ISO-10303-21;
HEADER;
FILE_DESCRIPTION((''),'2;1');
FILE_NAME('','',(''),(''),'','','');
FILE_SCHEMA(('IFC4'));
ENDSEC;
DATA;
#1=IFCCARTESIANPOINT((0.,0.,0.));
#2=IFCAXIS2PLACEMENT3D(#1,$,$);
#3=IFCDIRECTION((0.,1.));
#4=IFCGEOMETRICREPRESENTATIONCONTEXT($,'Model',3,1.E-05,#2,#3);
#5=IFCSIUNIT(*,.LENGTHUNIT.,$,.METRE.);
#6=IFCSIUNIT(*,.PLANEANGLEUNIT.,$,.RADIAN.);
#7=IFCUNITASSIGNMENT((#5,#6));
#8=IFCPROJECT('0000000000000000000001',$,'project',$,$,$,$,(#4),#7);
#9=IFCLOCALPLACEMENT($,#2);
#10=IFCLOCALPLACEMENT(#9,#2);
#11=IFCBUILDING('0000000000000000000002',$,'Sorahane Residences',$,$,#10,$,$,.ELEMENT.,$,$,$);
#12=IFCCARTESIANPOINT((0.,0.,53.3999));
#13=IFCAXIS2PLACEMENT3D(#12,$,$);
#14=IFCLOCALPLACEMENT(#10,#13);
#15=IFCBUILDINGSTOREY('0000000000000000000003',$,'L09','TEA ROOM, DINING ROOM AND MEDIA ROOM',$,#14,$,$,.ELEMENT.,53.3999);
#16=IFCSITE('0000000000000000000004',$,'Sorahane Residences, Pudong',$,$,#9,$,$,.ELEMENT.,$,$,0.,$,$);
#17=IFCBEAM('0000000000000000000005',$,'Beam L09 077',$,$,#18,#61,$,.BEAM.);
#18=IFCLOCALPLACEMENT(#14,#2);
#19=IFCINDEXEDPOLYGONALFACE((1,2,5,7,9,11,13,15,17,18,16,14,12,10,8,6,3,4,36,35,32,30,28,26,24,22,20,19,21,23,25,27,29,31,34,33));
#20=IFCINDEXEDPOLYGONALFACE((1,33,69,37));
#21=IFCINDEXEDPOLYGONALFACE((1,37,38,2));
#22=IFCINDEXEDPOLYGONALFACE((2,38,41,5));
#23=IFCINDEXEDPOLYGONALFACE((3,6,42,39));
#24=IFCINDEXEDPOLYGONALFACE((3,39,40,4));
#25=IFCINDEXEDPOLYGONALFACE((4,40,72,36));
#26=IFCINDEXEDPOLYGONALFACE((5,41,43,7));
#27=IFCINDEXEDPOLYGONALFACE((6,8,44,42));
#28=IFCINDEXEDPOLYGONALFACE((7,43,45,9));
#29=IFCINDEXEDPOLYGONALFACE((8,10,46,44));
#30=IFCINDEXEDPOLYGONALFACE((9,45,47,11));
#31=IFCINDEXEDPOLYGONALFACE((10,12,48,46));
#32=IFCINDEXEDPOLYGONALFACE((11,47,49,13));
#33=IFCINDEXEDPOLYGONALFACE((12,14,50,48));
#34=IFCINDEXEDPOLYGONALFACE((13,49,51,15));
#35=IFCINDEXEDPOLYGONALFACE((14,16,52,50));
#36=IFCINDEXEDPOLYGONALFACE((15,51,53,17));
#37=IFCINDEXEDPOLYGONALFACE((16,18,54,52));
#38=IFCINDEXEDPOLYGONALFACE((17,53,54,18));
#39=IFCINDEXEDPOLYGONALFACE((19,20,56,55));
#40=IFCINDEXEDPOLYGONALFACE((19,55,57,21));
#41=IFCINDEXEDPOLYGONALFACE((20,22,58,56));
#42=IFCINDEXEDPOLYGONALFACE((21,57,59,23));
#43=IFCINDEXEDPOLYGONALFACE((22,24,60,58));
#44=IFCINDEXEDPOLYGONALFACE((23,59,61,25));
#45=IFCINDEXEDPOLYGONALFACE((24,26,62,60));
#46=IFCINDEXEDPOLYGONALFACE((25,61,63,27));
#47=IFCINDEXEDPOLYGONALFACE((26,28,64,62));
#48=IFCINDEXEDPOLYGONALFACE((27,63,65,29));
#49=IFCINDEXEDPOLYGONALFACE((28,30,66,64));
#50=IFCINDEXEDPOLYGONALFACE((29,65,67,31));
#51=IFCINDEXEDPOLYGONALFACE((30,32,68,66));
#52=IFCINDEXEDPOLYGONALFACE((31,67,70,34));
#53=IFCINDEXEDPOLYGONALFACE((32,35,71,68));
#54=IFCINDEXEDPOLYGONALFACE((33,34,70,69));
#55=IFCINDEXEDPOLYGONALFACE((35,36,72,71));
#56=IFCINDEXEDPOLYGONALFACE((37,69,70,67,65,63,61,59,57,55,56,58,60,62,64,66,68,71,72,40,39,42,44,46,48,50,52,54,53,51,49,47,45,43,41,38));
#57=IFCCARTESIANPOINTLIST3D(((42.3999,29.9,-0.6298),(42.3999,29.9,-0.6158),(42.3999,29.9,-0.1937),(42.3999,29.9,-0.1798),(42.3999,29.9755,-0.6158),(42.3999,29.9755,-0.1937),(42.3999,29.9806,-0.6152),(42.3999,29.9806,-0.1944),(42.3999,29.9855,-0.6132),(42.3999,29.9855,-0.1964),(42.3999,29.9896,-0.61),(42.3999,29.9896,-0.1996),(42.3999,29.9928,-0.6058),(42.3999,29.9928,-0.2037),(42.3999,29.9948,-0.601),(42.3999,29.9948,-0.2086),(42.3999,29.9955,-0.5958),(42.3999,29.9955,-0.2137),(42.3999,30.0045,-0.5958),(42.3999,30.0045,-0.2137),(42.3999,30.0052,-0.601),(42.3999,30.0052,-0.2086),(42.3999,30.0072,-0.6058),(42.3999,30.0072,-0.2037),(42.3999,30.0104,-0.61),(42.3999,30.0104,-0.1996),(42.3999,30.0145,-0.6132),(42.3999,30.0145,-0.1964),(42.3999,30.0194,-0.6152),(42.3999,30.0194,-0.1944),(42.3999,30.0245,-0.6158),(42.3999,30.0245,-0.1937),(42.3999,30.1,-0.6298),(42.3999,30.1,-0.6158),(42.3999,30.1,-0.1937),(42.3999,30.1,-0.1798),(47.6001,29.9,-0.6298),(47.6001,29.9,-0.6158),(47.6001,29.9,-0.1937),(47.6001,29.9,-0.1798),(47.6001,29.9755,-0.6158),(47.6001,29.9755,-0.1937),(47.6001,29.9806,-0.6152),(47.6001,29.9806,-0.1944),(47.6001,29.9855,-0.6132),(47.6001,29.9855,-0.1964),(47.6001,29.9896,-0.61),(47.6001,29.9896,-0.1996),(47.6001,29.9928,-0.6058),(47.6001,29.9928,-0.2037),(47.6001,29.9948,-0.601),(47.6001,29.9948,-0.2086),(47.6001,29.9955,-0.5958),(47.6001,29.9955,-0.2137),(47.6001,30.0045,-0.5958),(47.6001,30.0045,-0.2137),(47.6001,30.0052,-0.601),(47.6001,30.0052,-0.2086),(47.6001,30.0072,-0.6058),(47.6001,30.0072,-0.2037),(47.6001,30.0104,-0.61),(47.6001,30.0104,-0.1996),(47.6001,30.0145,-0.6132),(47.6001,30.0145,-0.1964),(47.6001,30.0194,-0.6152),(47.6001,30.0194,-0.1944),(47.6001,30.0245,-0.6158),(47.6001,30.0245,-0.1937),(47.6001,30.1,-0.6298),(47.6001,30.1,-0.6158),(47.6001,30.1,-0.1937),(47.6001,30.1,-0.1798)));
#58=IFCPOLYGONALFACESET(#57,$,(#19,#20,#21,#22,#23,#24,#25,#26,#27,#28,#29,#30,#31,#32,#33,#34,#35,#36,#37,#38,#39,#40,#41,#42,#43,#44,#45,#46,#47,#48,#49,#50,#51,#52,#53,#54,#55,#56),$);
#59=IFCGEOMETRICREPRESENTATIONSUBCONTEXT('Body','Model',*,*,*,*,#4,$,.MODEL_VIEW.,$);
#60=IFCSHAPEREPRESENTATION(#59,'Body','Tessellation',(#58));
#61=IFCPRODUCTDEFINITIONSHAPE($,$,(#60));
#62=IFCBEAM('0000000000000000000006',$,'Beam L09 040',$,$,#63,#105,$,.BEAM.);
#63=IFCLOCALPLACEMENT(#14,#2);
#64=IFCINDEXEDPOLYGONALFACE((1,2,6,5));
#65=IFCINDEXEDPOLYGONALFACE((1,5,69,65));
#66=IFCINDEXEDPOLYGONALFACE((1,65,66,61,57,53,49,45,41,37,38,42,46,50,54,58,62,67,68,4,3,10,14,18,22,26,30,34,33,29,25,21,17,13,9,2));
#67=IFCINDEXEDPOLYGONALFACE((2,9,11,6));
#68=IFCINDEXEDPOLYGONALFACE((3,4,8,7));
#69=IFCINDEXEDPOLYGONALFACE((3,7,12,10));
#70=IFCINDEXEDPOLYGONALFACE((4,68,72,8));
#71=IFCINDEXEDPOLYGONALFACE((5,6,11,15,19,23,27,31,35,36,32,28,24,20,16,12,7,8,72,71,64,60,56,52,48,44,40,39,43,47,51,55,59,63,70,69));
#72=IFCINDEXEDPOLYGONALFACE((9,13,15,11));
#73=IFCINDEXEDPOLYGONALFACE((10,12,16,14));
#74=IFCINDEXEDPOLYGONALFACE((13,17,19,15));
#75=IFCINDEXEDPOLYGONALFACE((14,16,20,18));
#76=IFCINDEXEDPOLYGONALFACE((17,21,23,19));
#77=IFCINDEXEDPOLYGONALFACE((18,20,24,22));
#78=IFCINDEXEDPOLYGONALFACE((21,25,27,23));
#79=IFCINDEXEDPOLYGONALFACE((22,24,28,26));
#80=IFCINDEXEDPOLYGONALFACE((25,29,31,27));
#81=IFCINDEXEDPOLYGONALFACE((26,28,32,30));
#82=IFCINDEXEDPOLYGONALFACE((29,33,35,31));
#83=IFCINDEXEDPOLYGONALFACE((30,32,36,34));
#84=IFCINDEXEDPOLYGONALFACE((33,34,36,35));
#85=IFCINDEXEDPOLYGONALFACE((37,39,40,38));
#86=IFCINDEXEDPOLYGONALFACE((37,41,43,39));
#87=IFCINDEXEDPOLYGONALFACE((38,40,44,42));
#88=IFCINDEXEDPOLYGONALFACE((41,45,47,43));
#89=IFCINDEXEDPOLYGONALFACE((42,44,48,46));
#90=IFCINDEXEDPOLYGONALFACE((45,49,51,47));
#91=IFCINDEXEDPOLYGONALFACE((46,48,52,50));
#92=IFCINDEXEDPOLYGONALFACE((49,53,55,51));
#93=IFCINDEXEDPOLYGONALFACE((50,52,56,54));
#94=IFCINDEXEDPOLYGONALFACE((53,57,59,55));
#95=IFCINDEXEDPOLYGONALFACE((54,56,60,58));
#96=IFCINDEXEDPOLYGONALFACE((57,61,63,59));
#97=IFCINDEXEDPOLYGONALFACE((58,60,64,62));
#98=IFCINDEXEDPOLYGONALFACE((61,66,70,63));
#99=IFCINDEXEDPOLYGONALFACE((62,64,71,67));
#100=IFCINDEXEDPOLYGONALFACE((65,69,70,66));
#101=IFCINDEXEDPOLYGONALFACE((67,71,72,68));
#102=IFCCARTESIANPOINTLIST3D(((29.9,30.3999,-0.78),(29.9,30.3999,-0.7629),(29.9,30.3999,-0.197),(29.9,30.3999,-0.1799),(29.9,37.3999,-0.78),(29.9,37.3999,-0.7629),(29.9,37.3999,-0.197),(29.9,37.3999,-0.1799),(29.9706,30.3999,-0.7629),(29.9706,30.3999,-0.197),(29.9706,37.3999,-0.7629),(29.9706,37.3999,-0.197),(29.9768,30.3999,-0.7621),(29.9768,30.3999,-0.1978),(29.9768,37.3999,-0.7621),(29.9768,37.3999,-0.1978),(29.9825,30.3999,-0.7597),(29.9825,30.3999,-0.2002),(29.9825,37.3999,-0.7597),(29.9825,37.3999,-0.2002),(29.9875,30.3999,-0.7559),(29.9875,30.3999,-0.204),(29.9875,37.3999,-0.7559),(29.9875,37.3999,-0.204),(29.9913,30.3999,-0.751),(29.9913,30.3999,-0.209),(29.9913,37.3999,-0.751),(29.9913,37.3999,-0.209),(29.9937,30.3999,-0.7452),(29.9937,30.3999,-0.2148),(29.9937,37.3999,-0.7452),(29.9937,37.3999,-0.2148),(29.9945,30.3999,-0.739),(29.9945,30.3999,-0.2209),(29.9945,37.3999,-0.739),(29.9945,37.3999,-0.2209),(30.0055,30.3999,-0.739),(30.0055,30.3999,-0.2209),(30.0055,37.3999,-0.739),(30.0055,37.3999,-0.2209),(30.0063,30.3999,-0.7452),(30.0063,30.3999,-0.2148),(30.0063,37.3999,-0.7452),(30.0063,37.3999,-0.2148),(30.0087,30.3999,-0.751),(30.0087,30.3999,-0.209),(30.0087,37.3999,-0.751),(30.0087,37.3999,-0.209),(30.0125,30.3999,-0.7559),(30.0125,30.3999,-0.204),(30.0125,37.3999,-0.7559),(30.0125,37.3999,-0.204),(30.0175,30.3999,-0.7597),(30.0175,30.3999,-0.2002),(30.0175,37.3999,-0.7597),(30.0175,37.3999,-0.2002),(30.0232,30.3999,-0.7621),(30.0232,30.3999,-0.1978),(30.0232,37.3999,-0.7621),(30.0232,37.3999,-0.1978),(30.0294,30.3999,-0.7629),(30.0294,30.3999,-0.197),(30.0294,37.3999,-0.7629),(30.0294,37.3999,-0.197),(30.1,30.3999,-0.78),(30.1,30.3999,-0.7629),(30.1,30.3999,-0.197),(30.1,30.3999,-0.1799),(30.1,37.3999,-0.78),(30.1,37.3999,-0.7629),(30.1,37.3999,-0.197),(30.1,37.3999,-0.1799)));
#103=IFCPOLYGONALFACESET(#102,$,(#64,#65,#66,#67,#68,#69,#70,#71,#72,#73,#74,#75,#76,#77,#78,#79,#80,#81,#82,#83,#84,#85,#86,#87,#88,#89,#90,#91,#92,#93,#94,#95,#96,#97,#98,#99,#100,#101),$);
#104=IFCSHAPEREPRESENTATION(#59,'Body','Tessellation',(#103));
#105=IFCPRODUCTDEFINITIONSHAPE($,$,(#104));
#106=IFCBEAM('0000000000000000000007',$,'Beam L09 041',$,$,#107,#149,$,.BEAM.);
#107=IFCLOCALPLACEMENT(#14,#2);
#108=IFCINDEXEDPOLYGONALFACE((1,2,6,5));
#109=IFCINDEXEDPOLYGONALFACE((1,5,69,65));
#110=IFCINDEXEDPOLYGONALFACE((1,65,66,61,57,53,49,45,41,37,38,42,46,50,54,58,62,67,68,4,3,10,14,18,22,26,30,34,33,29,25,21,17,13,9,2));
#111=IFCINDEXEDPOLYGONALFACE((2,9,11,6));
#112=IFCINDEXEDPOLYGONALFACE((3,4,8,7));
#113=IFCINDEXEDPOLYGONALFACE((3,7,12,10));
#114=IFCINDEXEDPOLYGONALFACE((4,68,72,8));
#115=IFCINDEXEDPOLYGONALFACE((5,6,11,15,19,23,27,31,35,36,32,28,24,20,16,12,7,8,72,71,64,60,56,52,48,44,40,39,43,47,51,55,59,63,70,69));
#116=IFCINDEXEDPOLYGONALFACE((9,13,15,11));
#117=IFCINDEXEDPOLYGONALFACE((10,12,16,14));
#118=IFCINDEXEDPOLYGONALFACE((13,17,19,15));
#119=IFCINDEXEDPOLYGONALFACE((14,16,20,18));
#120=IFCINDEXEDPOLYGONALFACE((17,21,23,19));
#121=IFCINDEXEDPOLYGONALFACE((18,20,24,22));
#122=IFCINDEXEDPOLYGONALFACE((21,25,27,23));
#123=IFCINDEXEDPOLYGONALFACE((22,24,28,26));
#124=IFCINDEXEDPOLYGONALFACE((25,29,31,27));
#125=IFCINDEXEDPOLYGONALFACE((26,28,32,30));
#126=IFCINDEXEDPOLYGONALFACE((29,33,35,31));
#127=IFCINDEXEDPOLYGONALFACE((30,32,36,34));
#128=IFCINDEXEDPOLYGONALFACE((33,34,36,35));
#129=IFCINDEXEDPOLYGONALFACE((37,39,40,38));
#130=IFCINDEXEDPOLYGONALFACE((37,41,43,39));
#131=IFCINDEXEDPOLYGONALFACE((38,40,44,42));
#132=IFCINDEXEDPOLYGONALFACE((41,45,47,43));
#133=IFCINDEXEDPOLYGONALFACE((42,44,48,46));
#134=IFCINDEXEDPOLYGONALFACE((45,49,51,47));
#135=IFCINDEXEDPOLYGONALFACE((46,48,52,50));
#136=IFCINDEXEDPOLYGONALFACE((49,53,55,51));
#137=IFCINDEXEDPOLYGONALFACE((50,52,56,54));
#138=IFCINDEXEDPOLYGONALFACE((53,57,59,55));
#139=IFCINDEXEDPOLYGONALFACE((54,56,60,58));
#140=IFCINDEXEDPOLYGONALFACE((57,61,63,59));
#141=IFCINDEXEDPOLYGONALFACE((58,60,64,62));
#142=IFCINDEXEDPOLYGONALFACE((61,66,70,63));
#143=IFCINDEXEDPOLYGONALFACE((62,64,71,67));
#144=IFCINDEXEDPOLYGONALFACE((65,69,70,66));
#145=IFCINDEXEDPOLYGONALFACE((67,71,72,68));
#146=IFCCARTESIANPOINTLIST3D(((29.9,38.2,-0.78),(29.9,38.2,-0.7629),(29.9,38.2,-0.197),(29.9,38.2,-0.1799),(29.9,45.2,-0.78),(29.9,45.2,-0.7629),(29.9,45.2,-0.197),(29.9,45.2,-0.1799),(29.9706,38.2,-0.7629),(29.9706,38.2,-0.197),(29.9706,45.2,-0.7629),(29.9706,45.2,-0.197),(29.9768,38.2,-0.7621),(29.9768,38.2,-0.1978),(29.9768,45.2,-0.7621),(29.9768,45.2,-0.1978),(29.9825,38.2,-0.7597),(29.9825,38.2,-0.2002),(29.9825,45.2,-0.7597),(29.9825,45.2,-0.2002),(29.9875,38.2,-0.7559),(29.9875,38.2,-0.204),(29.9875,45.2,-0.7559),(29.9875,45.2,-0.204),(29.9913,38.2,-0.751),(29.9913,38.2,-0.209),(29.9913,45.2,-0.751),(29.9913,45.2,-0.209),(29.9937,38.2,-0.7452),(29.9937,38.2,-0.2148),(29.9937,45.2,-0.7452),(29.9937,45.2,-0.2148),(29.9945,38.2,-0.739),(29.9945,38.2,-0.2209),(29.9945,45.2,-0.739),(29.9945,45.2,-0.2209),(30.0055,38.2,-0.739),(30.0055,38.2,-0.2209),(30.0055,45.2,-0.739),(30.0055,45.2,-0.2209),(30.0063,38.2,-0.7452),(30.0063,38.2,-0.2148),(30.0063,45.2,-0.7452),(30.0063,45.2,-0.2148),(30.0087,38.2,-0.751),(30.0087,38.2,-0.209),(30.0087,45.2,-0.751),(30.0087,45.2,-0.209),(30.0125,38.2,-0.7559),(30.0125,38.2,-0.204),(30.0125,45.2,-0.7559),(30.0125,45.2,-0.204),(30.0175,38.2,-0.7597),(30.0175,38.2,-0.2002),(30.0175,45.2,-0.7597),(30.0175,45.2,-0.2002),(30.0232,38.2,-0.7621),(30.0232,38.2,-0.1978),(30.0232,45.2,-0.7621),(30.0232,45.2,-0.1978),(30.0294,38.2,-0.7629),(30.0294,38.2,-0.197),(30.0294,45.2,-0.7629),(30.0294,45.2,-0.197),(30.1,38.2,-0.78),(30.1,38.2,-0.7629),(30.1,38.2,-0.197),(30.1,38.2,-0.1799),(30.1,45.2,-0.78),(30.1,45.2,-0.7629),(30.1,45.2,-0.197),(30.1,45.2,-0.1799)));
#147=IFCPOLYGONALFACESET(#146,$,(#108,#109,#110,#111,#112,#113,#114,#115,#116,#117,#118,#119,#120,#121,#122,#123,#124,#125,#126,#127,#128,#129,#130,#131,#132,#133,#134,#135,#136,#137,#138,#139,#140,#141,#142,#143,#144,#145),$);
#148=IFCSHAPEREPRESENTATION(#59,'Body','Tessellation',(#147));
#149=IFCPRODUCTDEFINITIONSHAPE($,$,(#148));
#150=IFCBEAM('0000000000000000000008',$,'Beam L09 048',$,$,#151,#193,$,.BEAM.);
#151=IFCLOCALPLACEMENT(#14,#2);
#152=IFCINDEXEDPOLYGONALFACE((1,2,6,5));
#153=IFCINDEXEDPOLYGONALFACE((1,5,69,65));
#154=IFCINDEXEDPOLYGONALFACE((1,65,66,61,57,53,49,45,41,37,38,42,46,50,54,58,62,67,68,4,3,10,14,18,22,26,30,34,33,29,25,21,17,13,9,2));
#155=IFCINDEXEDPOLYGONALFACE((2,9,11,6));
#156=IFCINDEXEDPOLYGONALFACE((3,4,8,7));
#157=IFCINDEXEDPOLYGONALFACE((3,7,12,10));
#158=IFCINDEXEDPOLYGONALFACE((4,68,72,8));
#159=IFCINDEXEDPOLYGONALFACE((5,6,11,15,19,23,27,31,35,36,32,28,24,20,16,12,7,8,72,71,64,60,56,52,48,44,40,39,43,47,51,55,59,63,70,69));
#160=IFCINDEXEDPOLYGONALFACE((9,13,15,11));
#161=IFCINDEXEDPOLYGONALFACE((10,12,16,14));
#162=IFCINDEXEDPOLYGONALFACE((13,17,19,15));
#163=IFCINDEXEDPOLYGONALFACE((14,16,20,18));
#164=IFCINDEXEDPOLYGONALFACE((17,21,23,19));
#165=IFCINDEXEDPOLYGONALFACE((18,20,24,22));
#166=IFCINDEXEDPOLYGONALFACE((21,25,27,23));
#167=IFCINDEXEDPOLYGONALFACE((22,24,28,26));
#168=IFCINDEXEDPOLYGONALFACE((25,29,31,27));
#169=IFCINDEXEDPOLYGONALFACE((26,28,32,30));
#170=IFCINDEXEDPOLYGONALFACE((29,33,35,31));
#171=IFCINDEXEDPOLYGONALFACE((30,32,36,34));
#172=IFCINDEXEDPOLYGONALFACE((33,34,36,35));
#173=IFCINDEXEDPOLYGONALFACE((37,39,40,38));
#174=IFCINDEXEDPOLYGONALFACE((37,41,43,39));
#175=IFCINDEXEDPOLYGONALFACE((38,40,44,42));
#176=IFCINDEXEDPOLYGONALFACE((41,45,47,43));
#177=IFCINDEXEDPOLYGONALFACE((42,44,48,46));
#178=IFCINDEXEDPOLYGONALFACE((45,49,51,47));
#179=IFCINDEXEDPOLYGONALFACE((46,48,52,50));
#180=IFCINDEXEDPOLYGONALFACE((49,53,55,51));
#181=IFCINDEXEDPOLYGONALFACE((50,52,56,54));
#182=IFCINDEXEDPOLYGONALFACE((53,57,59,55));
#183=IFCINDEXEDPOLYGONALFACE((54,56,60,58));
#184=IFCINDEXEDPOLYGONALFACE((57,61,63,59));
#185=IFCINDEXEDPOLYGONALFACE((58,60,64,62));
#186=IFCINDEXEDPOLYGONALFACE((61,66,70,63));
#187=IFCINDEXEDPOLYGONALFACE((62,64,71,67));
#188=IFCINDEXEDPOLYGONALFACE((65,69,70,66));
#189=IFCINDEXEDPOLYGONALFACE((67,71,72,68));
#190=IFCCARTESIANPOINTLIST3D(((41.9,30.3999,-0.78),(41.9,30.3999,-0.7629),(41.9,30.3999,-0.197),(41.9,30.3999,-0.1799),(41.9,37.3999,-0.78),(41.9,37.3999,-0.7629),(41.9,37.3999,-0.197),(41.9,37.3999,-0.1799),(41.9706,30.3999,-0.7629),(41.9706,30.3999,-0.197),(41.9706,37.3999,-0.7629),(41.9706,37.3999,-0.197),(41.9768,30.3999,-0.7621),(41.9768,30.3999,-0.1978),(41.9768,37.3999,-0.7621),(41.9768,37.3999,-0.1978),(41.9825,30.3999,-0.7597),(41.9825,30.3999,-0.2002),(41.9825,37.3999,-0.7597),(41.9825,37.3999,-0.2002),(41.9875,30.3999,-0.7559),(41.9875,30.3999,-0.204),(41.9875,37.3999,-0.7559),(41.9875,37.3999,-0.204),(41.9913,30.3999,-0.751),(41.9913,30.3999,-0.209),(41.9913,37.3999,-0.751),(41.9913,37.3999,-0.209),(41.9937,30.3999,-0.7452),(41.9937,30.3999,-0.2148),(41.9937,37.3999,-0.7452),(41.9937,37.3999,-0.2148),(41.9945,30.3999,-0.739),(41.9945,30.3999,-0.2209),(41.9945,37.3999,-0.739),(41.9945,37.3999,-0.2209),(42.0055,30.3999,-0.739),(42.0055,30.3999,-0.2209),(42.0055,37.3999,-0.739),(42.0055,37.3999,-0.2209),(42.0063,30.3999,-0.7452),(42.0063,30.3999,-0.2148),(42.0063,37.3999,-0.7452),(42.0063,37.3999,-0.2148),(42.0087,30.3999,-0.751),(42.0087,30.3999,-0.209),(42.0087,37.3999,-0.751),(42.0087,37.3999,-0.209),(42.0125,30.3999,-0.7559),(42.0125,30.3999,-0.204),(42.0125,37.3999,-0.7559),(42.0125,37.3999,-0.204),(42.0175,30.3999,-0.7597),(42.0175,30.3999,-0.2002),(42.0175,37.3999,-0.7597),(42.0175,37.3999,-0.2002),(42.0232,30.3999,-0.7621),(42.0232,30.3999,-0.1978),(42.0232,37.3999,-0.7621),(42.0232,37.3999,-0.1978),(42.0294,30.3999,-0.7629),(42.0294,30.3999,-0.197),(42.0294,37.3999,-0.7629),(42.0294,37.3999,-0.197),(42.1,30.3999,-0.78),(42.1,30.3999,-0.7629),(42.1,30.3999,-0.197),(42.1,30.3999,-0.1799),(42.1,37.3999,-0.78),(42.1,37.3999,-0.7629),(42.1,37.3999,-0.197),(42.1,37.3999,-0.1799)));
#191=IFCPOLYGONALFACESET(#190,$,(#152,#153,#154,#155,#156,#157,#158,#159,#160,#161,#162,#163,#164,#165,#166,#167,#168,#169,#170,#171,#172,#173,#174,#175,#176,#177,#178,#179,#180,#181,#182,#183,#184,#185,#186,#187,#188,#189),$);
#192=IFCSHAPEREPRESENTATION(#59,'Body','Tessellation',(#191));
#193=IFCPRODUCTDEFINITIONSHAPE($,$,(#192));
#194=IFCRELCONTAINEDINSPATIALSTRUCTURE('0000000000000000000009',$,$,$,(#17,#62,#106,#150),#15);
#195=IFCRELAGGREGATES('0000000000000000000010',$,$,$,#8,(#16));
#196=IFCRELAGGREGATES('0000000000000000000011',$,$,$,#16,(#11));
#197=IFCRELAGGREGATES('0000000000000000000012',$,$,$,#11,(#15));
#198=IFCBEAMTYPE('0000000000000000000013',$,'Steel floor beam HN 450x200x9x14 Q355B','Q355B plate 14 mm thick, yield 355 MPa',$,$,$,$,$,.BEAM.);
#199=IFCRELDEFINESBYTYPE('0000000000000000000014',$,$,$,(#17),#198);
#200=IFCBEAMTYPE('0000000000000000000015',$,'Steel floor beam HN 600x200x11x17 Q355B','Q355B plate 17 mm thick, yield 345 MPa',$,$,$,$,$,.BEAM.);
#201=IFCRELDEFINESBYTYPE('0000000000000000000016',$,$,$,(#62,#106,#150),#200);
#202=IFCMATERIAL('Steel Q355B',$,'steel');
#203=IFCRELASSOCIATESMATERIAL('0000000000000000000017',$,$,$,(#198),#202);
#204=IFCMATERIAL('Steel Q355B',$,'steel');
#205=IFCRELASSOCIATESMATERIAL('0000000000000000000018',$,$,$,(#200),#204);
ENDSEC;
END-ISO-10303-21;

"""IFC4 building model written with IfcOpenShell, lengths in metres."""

from ifc_helpers import new_model, si_unit, direction, frame, origin, origin_2d, place, context, subcontext, project, spatial, i_section, extrude, material, material_profile, profile_set, type_object, element, save


model = new_model("IFC4")

# Units and contexts
model_context = context("Model", 3, precision=1e-05, world=origin(), true_north=direction((0.0, 1.0)))
body_context = subcontext(model_context, "Body", "Model", "MODEL_VIEW")
ifc_project = project(units=[si_unit("LENGTHUNIT", "METRE"), si_unit("PLANEANGLEUNIT", "RADIAN")], contexts=[model_context])

# Site, building, storey
site_placement = place(None, origin())
site = spatial("IfcSite", under=ifc_project, at=site_placement, Name="Sorahane Residences, Pudong", CompositionType="ELEMENT", RefElevation=0.0)
building_placement = place(site_placement, origin())
building = spatial("IfcBuilding", under=site, at=building_placement, Name="Sorahane Residences", CompositionType="ELEMENT")
storey_placement = place(building_placement, frame((0.0, 0.0, 53.3999)))
storey = spatial("IfcBuildingStorey", under=building, at=storey_placement, Name="L09", Description="TEA ROOM, DINING ROOM AND MEDIA ROOM", CompositionType="ELEMENT", Elevation=53.3999)

# Beams
ifc_material_1 = material(Name="Steel Q355B", Category="steel")
ifc_material_profile_1 = material_profile(ifc_material_1, i_section(OverallWidth=0.2, OverallDepth=0.45, WebThickness=0.009, FlangeThickness=0.0139, FilletRadius=0.02, at=origin_2d()), Name="HN 450x200x9x14")
ifc_profile_set_1 = profile_set([ifc_material_profile_1], Name="Steel Q355B")
beam_type_1 = type_object("IfcBeamType", Name="Steel floor beam HN 450x200x9x14 Q355B", Description="Q355B plate 14 mm thick, yield 355 MPa", PredefinedType="BEAM", material=ifc_profile_set_1)
for number, where, z_axis, x_axis, name in (
    (1, (42.3999, 30.0, -0.4048), (1.0, 0.0, 0.0), (0.0, 1.0, 0.0), "Beam L09 077"),
):
    element("IfcBeam", number, at=place(storey_placement, frame(where, z_axis=z_axis, x_axis=x_axis)), inside=storey, type_object=beam_type_1, Name=name, PredefinedType="BEAM", context=body_context, shape_type="SweptSolid", body=[
        extrude(i_section(OverallWidth=0.2, OverallDepth=0.45, WebThickness=0.009, FlangeThickness=0.0139, FilletRadius=0.02, at=origin_2d()), origin(), (0.0, 0.0, 1.0), 5.2002),
    ])
ifc_material_2 = material(Name="Steel Q355B", Category="steel")
ifc_material_profile_2 = material_profile(ifc_material_2, i_section(OverallWidth=0.2, OverallDepth=0.6001, WebThickness=0.011, FlangeThickness=0.0171, FilletRadius=0.0239, at=origin_2d()), Name="HN 600x200x11x17")
ifc_profile_set_2 = profile_set([ifc_material_profile_2], Name="Steel Q355B")
beam_type_2 = type_object("IfcBeamType", Name="Steel floor beam HN 600x200x11x17 Q355B", Description="Q355B plate 17 mm thick, yield 345 MPa", PredefinedType="BEAM", material=ifc_profile_set_2)
for number, where, z_axis, x_axis, name in (
    (2, (30.0, 30.3999, -0.48), (0.0, 1.0, 0.0), (-1.0, 0.0, 0.0), "Beam L09 040"),
    (3, (30.0, 38.2, -0.48), (0.0, 1.0, 0.0), (-1.0, 0.0, 0.0), "Beam L09 041"),
    (4, (42.0, 30.3999, -0.48), (0.0, 1.0, 0.0), (-1.0, 0.0, 0.0), "Beam L09 048"),
):
    element("IfcBeam", number, at=place(storey_placement, frame(where, z_axis=z_axis, x_axis=x_axis)), inside=storey, type_object=beam_type_2, Name=name, PredefinedType="BEAM", context=body_context, shape_type="SweptSolid", body=[
        extrude(i_section(OverallWidth=0.2, OverallDepth=0.6001, WebThickness=0.011, FlangeThickness=0.0171, FilletRadius=0.0239, at=origin_2d()), origin(), (0.0, 0.0, 1.0), 7.0),
    ])

save(model, "model.ifc")
